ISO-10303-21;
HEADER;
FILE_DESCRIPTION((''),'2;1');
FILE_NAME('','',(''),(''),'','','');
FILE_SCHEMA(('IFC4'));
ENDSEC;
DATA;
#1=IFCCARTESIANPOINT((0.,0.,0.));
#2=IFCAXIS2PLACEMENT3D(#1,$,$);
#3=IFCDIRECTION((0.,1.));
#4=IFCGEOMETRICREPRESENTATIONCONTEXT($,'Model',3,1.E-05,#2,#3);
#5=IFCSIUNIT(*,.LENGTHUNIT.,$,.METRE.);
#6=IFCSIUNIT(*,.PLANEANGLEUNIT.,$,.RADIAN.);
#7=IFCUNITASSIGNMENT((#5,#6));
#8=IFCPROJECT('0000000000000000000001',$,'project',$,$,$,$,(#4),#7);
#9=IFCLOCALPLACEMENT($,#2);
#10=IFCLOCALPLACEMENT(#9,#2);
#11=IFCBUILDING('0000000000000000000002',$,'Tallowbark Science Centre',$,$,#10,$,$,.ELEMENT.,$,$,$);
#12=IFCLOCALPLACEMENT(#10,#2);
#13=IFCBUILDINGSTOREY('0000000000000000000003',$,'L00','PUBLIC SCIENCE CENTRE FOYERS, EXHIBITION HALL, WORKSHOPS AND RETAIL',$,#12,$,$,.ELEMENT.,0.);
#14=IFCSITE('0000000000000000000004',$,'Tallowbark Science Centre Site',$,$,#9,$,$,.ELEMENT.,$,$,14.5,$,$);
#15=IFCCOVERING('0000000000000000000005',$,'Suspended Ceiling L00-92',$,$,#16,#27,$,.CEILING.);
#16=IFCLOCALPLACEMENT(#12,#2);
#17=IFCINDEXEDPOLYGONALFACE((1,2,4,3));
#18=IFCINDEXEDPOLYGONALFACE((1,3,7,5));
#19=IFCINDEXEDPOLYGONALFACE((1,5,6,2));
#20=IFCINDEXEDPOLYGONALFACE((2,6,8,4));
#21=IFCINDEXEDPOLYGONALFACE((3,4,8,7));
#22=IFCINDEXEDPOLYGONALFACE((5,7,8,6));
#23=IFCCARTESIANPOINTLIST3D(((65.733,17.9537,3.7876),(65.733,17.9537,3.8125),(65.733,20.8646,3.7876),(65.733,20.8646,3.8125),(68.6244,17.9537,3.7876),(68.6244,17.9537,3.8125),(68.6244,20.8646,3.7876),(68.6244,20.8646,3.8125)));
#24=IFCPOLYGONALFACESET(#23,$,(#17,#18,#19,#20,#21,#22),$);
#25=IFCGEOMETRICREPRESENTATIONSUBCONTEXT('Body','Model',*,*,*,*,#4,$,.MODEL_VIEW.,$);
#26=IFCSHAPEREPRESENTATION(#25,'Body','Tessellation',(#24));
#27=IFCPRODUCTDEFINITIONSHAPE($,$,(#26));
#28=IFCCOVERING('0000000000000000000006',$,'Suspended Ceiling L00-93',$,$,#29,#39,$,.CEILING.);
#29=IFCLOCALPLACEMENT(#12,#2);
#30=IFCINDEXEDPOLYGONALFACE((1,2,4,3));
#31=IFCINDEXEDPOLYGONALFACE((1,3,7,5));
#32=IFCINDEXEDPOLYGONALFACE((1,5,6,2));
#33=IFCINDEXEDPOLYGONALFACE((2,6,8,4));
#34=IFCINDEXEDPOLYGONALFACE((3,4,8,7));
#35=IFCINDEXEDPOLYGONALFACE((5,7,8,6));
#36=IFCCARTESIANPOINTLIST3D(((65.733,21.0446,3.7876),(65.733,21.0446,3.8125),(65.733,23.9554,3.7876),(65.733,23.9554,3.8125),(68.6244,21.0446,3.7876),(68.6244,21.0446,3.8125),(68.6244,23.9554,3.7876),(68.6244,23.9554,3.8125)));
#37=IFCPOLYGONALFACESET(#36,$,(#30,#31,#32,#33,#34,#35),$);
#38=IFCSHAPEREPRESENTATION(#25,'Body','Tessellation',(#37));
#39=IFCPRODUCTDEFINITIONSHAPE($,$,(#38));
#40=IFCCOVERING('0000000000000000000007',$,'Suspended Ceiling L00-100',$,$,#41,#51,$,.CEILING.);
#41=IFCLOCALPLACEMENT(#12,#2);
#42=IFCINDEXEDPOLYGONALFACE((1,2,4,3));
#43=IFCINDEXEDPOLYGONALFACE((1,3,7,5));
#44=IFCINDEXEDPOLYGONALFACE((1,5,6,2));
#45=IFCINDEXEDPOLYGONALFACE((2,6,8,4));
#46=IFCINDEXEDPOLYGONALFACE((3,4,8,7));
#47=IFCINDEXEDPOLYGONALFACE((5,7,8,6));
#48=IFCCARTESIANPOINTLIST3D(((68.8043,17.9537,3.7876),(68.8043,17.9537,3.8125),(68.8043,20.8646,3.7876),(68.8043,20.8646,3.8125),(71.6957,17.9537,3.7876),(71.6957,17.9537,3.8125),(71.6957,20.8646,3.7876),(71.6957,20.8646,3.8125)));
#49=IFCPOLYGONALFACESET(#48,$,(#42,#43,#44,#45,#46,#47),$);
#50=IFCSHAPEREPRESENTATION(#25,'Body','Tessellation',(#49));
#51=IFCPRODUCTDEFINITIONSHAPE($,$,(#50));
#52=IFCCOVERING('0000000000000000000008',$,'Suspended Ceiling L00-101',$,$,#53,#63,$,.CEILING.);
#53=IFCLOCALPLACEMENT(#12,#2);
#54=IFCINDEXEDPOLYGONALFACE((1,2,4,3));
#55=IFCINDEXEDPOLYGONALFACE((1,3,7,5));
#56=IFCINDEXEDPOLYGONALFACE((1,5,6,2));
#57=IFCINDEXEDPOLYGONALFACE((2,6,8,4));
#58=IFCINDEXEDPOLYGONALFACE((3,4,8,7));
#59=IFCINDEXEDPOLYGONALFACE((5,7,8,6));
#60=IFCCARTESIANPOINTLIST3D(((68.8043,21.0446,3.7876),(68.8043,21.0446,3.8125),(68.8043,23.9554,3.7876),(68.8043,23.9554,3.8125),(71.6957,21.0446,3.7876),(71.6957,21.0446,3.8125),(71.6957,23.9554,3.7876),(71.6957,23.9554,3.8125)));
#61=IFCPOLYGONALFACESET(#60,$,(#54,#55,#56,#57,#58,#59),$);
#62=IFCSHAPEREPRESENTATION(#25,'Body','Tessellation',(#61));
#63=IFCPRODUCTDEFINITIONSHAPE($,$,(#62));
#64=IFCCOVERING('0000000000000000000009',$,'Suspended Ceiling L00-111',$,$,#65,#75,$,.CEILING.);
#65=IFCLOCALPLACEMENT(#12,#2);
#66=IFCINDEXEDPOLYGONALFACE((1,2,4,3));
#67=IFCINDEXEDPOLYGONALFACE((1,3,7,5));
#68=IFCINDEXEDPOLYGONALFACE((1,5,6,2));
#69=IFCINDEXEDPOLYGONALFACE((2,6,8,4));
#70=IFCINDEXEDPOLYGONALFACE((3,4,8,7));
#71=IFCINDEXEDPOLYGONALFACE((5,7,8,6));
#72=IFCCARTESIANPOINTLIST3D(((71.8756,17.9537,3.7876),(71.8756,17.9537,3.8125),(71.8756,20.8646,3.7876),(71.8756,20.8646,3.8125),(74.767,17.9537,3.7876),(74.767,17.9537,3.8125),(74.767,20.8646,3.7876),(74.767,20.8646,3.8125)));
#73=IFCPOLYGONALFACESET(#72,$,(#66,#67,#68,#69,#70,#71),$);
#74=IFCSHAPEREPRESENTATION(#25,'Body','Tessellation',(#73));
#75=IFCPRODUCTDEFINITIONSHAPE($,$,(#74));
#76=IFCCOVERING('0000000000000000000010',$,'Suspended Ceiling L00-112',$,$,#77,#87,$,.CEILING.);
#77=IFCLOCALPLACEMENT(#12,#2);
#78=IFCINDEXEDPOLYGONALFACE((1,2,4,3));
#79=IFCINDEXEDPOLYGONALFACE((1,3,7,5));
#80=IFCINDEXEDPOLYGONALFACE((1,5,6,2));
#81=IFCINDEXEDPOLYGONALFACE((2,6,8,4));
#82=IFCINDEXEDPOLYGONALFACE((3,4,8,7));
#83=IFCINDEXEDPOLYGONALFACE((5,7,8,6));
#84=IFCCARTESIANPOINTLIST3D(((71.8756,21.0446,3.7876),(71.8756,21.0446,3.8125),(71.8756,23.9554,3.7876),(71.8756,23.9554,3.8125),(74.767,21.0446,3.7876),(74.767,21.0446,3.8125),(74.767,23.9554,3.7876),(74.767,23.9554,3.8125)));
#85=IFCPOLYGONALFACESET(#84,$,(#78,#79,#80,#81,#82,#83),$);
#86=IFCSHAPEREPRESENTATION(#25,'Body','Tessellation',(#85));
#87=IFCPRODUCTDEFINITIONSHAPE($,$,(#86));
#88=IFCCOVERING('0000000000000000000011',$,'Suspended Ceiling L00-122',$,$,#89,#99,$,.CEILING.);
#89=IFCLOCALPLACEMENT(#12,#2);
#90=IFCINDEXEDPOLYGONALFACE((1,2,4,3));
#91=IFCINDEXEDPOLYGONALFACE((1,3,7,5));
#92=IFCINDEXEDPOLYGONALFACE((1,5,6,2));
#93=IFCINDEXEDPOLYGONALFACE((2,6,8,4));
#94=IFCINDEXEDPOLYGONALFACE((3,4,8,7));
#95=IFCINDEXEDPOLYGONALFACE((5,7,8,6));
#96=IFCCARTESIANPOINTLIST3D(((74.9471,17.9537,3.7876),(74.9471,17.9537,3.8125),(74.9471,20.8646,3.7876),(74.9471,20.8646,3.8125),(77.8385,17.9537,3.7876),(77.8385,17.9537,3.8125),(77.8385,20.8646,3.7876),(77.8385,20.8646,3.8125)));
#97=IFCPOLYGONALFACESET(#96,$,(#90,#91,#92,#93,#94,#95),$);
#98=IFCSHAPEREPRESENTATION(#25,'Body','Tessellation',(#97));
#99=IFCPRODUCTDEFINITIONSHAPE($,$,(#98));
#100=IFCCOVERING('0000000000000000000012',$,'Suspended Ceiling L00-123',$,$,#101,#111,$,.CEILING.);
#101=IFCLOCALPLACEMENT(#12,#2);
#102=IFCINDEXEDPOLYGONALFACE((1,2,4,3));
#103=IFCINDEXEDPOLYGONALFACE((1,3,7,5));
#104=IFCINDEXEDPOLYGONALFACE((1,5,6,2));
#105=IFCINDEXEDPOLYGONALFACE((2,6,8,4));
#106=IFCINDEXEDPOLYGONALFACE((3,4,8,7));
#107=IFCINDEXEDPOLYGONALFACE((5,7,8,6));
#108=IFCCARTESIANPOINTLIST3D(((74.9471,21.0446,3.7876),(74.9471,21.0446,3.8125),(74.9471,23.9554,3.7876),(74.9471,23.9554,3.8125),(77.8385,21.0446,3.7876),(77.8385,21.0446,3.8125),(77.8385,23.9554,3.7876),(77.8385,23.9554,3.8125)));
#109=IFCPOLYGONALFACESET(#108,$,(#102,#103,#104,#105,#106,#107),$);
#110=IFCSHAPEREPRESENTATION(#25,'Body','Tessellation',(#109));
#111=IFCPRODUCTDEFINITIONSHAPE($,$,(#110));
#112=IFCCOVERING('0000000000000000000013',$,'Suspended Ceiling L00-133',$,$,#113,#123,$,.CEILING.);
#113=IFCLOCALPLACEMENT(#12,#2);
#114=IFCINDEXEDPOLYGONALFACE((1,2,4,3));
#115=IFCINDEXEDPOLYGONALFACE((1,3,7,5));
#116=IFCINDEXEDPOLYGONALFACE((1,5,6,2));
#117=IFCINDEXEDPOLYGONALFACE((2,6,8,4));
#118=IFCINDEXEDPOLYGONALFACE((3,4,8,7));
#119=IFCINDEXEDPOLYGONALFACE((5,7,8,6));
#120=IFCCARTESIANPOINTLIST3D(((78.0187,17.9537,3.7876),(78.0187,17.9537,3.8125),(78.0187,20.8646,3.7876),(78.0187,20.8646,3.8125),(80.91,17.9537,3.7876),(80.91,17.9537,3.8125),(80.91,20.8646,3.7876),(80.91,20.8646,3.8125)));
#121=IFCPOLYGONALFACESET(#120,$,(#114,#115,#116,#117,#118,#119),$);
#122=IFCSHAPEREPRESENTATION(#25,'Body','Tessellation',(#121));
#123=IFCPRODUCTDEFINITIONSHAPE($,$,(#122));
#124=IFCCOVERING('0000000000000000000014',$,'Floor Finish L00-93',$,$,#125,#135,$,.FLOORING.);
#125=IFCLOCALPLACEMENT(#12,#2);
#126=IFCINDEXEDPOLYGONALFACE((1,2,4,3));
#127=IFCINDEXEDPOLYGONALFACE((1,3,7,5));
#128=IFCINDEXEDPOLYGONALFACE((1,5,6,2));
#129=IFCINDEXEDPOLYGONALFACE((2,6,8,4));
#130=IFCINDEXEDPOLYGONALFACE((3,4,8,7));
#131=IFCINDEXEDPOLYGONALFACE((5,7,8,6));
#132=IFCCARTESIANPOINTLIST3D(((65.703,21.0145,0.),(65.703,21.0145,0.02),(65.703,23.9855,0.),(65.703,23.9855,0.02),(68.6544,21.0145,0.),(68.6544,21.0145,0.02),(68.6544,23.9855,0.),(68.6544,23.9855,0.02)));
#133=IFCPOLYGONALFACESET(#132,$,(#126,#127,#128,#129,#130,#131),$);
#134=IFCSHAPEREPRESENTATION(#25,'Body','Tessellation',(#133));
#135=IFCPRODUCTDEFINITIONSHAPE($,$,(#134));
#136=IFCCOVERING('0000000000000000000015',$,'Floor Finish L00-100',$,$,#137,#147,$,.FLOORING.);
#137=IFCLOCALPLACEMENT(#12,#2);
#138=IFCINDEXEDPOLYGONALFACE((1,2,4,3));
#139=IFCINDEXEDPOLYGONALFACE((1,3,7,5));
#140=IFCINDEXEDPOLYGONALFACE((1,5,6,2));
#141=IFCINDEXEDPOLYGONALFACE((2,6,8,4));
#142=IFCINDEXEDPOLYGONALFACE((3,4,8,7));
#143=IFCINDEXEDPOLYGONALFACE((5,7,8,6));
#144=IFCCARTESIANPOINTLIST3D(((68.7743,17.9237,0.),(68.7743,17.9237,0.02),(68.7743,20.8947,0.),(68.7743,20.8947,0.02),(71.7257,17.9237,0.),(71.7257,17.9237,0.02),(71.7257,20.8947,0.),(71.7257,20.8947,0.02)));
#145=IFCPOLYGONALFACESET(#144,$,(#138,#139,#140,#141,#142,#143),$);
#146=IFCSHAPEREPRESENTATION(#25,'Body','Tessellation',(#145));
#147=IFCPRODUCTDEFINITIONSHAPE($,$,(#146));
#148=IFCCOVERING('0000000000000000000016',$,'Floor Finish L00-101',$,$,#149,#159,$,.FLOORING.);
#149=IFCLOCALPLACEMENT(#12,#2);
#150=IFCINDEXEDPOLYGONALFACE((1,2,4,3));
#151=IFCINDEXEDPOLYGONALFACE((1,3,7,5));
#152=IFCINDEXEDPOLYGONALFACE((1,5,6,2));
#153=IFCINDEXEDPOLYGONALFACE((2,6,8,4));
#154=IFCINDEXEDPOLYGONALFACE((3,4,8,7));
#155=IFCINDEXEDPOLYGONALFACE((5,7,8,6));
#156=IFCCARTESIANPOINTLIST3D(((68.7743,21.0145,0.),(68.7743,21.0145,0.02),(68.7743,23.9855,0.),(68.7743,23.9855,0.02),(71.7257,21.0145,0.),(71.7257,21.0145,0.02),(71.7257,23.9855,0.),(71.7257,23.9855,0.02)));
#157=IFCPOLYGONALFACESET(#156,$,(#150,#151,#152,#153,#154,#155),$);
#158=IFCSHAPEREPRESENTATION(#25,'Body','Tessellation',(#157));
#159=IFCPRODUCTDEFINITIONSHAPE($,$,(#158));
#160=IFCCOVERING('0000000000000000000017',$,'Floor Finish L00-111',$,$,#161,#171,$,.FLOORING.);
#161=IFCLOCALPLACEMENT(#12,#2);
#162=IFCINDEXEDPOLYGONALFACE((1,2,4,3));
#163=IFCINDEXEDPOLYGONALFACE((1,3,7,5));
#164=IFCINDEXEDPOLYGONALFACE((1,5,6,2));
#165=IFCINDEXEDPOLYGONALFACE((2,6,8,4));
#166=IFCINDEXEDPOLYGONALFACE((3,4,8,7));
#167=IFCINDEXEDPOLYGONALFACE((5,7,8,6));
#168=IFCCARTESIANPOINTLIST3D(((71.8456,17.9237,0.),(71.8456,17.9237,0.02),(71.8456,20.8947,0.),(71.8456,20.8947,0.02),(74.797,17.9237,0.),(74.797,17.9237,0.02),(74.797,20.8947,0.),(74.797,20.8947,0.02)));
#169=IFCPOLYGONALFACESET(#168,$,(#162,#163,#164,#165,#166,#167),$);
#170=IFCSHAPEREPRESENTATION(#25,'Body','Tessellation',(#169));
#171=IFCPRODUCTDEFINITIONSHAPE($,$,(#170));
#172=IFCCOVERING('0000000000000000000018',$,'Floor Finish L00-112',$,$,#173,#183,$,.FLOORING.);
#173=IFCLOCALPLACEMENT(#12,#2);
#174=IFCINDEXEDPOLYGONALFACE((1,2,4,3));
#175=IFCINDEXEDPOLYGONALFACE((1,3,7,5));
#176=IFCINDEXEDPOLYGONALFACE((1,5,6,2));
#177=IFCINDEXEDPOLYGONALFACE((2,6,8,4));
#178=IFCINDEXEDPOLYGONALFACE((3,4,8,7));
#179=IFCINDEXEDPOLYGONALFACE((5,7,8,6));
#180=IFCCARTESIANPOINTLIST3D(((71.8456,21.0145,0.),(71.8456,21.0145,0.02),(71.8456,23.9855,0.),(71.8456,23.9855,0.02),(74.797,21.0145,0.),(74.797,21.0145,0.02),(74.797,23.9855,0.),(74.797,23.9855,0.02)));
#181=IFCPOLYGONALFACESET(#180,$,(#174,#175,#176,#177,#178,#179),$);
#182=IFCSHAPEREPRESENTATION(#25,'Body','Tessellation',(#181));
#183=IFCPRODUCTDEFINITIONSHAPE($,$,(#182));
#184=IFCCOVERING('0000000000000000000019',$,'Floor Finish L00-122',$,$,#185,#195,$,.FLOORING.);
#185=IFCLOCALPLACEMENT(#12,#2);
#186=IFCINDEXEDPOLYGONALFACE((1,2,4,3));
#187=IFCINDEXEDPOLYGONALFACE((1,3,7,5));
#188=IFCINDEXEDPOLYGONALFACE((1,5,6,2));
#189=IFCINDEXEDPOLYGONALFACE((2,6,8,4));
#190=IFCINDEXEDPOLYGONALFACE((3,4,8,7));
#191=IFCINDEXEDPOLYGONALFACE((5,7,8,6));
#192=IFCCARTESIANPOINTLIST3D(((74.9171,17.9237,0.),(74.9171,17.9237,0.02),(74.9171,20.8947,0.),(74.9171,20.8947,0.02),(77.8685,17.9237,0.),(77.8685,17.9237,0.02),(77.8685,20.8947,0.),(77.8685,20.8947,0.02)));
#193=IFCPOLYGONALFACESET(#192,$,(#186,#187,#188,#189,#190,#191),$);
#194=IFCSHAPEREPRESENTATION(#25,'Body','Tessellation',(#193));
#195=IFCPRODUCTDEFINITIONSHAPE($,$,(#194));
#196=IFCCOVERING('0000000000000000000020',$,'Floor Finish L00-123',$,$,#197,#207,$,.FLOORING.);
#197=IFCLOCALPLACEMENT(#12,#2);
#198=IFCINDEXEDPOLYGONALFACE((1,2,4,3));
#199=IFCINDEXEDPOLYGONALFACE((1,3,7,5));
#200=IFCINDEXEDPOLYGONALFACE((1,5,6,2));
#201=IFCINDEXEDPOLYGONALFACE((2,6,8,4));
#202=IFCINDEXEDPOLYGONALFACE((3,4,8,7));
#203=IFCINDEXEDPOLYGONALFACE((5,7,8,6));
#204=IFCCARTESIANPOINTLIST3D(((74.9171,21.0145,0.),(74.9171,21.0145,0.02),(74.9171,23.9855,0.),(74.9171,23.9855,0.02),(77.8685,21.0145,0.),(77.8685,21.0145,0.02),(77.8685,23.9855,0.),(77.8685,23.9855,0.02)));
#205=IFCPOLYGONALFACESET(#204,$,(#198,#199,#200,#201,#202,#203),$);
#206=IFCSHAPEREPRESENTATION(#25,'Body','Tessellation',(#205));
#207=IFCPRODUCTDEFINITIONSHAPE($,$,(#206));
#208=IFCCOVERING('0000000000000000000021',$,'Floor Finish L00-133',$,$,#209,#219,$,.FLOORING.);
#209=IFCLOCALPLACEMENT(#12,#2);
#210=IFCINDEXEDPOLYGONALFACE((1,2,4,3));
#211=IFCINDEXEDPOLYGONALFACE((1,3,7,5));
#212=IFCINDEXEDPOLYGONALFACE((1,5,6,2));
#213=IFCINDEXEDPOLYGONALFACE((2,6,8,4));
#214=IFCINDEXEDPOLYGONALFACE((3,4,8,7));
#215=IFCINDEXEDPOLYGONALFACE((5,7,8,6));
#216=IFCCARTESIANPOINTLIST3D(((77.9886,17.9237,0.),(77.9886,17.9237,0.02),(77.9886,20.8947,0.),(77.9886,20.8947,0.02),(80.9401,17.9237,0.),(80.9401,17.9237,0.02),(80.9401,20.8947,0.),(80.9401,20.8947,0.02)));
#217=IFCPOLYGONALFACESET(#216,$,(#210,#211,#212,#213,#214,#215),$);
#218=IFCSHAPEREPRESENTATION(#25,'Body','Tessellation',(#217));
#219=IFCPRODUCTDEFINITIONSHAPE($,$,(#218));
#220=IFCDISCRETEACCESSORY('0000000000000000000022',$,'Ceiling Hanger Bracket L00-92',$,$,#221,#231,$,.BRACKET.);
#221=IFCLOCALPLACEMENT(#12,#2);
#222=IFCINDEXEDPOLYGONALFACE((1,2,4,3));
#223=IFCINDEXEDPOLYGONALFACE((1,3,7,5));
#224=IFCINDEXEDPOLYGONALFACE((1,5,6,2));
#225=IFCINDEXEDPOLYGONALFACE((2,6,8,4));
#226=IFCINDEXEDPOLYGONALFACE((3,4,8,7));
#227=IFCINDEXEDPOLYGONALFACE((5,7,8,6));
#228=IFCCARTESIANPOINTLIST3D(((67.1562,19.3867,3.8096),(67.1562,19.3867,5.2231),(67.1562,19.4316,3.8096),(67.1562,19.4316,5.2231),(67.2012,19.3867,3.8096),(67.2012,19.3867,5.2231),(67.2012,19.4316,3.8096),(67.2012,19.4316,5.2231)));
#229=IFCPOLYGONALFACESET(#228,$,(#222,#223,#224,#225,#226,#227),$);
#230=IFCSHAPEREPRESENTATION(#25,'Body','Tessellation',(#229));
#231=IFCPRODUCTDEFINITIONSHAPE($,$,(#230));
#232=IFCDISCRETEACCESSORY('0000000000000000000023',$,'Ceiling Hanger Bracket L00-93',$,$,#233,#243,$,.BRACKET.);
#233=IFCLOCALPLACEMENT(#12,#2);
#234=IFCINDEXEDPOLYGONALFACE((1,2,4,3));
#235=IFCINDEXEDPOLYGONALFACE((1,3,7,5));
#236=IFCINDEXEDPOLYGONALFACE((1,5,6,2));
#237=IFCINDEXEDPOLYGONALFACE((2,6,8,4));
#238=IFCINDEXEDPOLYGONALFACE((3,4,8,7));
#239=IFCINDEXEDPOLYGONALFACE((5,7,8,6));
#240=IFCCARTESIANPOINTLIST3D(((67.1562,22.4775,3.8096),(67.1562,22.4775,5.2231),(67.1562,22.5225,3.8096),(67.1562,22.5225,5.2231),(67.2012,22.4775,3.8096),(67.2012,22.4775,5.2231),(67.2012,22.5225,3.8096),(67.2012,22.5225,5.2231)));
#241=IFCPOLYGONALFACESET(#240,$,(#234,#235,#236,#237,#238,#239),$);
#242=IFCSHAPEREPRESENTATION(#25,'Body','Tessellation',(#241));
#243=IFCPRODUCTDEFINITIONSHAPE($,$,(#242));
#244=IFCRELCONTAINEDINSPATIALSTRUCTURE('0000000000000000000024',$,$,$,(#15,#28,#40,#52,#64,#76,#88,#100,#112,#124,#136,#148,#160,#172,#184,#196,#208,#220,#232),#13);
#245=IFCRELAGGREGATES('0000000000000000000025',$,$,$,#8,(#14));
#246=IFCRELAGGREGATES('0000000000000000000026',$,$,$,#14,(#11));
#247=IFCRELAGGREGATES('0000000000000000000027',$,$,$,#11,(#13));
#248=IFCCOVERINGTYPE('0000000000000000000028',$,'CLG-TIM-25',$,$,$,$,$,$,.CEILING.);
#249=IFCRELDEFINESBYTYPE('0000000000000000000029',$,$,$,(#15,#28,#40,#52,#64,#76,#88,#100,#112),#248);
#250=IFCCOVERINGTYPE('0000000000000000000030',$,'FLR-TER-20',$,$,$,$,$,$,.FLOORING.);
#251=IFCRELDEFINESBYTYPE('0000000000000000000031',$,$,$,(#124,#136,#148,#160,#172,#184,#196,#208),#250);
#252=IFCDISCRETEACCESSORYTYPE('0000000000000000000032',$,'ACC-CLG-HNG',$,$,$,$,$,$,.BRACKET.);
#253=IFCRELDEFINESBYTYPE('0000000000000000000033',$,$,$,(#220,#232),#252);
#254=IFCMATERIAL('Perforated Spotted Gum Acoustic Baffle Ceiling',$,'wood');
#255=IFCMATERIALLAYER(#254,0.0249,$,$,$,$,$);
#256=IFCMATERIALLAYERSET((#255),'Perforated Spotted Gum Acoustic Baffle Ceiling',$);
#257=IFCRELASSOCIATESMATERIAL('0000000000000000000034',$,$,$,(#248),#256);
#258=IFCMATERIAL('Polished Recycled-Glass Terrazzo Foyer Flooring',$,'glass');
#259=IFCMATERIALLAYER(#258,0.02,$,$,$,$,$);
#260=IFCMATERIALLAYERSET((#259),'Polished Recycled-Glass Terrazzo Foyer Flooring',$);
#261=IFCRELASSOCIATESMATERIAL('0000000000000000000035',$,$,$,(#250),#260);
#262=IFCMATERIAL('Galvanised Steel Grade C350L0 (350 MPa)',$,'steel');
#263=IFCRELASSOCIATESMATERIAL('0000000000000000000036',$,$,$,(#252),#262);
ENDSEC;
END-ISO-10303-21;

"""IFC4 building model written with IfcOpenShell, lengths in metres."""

from ifc_helpers import new_model, si_unit, direction, frame, origin, origin_2d, place, context, subcontext, project, spatial, rectangle, extrude, material, layer, layer_set, type_object, element, save


model = new_model("IFC4")

# Units and contexts
model_context = context("Model", 3, precision=1e-05, world=origin(), true_north=direction((0.0, 1.0)))
body_context = subcontext(model_context, "Body", "Model", "MODEL_VIEW")
ifc_project = project(units=[si_unit("LENGTHUNIT", "METRE"), si_unit("PLANEANGLEUNIT", "RADIAN")], contexts=[model_context])

# Site, building, storey
site_placement = place(None, origin())
site = spatial("IfcSite", under=ifc_project, at=site_placement, Name="Tallowbark Science Centre Site", CompositionType="ELEMENT", RefElevation=14.5)
building_placement = place(site_placement, origin())
building = spatial("IfcBuilding", under=site, at=building_placement, Name="Tallowbark Science Centre", CompositionType="ELEMENT")
storey_placement = place(building_placement, origin())
storey = spatial("IfcBuildingStorey", under=building, at=storey_placement, Name="L00", Description="PUBLIC SCIENCE CENTRE FOYERS, EXHIBITION HALL, WORKSHOPS AND RETAIL", CompositionType="ELEMENT", Elevation=0.0)

# Coverings
ifc_material_1 = material(Name="Perforated Spotted Gum Acoustic Baffle Ceiling", Category="wood")
ifc_layer_1 = layer(ifc_material_1, 0.0249)
ifc_layer_set_1 = layer_set([ifc_layer_1], Name="Perforated Spotted Gum Acoustic Baffle Ceiling")
covering_type_1 = type_object("IfcCoveringType", Name="CLG-TIM-25", PredefinedType="CEILING", material=ifc_layer_set_1)
for number, where, z_axis, x_axis, name in (
    (1, (67.1787, 19.4092, 3.7876), (0.0, 0.0, 1.0), (1.0, 0.0, 0.0), "Suspended Ceiling L00-92"),
    (2, (67.1787, 22.5, 3.7876), (0.0, 0.0, 1.0), (1.0, 0.0, 0.0), "Suspended Ceiling L00-93"),
    (3, (70.25, 19.4092, 3.7876), (0.0, 0.0, 1.0), (1.0, 0.0, 0.0), "Suspended Ceiling L00-100"),
    (4, (70.25, 22.5, 3.7876), (0.0, 0.0, 1.0), (1.0, 0.0, 0.0), "Suspended Ceiling L00-101"),
    (5, (73.3213, 19.4092, 3.7876), (0.0, 0.0, 1.0), (1.0, 0.0, 0.0), "Suspended Ceiling L00-111"),
    (6, (73.3213, 22.5, 3.7876), (0.0, 0.0, 1.0), (1.0, 0.0, 0.0), "Suspended Ceiling L00-112"),
    (7, (76.3928, 19.4092, 3.7876), (0.0, 0.0, 1.0), (1.0, 0.0, 0.0), "Suspended Ceiling L00-122"),
    (8, (76.3928, 22.5, 3.7876), (0.0, 0.0, 1.0), (1.0, 0.0, 0.0), "Suspended Ceiling L00-123"),
    (9, (79.4644, 19.4092, 3.7876), (0.0, 0.0, 1.0), (1.0, 0.0, 0.0), "Suspended Ceiling L00-133"),
):
    element("IfcCovering", number, at=place(storey_placement, frame(where, z_axis=z_axis, x_axis=x_axis)), inside=storey, type_object=covering_type_1, Name=name, PredefinedType="CEILING", context=body_context, shape_type="SweptSolid", body=[
        extrude(rectangle(XDim=2.8914, YDim=2.9109, at=origin_2d()), origin(), (0.0, 0.0, 1.0), 0.0249),
    ])
ifc_material_2 = material(Name="Polished Recycled-Glass Terrazzo Foyer Flooring", Category="glass")
ifc_layer_2 = layer(ifc_material_2, 0.02)
ifc_layer_set_2 = layer_set([ifc_layer_2], Name="Polished Recycled-Glass Terrazzo Foyer Flooring")
covering_type_2 = type_object("IfcCoveringType", Name="FLR-TER-20", PredefinedType="FLOORING", material=ifc_layer_set_2)
for number, where, z_axis, x_axis, name in (
    (10, (67.1787, 22.5, 0.0), (0.0, 0.0, 1.0), (1.0, 0.0, 0.0), "Floor Finish L00-93"),
    (11, (70.25, 19.4092, 0.0), (0.0, 0.0, 1.0), (1.0, 0.0, 0.0), "Floor Finish L00-100"),
    (12, (70.25, 22.5, 0.0), (0.0, 0.0, 1.0), (1.0, 0.0, 0.0), "Floor Finish L00-101"),
    (13, (73.3213, 19.4092, 0.0), (0.0, 0.0, 1.0), (1.0, 0.0, 0.0), "Floor Finish L00-111"),
    (14, (73.3213, 22.5, 0.0), (0.0, 0.0, 1.0), (1.0, 0.0, 0.0), "Floor Finish L00-112"),
    (15, (76.3928, 19.4092, 0.0), (0.0, 0.0, 1.0), (1.0, 0.0, 0.0), "Floor Finish L00-122"),
    (16, (76.3928, 22.5, 0.0), (0.0, 0.0, 1.0), (1.0, 0.0, 0.0), "Floor Finish L00-123"),
    (17, (79.4644, 19.4092, 0.0), (0.0, 0.0, 1.0), (1.0, 0.0, 0.0), "Floor Finish L00-133"),
):
    element("IfcCovering", number, at=place(storey_placement, frame(where, z_axis=z_axis, x_axis=x_axis)), inside=storey, type_object=covering_type_2, Name=name, PredefinedType="FLOORING", context=body_context, shape_type="SweptSolid", body=[
        extrude(rectangle(XDim=2.9514, YDim=2.9709, at=origin_2d()), origin(), (0.0, 0.0, 1.0), 0.02),
    ])

# Discrete accessories
ifc_material_3 = material(Name="Galvanised Steel Grade C350L0 (350 MPa)", Category="steel")
discrete_accessory_type = type_object("IfcDiscreteAccessoryType", Name="ACC-CLG-HNG", PredefinedType="BRACKET", material=ifc_material_3)
for number, where, z_axis, x_axis, name in (
    (18, (67.1787, 19.4092, 3.8096), (0.0, 0.0, 1.0), (1.0, 0.0, 0.0), "Ceiling Hanger Bracket L00-92"),
    (19, (67.1787, 22.5, 3.8096), (0.0, 0.0, 1.0), (1.0, 0.0, 0.0), "Ceiling Hanger Bracket L00-93"),
):
    element("IfcDiscreteAccessory", number, at=place(storey_placement, frame(where, z_axis=z_axis, x_axis=x_axis)), inside=storey, type_object=discrete_accessory_type, Name=name, PredefinedType="BRACKET", context=body_context, shape_type="SweptSolid", body=[
        extrude(rectangle(XDim=0.0449, YDim=0.0449, at=origin_2d()), origin(), (0.0, 0.0, 1.0), 1.4136),
    ])

save(model, "model.ifc")
